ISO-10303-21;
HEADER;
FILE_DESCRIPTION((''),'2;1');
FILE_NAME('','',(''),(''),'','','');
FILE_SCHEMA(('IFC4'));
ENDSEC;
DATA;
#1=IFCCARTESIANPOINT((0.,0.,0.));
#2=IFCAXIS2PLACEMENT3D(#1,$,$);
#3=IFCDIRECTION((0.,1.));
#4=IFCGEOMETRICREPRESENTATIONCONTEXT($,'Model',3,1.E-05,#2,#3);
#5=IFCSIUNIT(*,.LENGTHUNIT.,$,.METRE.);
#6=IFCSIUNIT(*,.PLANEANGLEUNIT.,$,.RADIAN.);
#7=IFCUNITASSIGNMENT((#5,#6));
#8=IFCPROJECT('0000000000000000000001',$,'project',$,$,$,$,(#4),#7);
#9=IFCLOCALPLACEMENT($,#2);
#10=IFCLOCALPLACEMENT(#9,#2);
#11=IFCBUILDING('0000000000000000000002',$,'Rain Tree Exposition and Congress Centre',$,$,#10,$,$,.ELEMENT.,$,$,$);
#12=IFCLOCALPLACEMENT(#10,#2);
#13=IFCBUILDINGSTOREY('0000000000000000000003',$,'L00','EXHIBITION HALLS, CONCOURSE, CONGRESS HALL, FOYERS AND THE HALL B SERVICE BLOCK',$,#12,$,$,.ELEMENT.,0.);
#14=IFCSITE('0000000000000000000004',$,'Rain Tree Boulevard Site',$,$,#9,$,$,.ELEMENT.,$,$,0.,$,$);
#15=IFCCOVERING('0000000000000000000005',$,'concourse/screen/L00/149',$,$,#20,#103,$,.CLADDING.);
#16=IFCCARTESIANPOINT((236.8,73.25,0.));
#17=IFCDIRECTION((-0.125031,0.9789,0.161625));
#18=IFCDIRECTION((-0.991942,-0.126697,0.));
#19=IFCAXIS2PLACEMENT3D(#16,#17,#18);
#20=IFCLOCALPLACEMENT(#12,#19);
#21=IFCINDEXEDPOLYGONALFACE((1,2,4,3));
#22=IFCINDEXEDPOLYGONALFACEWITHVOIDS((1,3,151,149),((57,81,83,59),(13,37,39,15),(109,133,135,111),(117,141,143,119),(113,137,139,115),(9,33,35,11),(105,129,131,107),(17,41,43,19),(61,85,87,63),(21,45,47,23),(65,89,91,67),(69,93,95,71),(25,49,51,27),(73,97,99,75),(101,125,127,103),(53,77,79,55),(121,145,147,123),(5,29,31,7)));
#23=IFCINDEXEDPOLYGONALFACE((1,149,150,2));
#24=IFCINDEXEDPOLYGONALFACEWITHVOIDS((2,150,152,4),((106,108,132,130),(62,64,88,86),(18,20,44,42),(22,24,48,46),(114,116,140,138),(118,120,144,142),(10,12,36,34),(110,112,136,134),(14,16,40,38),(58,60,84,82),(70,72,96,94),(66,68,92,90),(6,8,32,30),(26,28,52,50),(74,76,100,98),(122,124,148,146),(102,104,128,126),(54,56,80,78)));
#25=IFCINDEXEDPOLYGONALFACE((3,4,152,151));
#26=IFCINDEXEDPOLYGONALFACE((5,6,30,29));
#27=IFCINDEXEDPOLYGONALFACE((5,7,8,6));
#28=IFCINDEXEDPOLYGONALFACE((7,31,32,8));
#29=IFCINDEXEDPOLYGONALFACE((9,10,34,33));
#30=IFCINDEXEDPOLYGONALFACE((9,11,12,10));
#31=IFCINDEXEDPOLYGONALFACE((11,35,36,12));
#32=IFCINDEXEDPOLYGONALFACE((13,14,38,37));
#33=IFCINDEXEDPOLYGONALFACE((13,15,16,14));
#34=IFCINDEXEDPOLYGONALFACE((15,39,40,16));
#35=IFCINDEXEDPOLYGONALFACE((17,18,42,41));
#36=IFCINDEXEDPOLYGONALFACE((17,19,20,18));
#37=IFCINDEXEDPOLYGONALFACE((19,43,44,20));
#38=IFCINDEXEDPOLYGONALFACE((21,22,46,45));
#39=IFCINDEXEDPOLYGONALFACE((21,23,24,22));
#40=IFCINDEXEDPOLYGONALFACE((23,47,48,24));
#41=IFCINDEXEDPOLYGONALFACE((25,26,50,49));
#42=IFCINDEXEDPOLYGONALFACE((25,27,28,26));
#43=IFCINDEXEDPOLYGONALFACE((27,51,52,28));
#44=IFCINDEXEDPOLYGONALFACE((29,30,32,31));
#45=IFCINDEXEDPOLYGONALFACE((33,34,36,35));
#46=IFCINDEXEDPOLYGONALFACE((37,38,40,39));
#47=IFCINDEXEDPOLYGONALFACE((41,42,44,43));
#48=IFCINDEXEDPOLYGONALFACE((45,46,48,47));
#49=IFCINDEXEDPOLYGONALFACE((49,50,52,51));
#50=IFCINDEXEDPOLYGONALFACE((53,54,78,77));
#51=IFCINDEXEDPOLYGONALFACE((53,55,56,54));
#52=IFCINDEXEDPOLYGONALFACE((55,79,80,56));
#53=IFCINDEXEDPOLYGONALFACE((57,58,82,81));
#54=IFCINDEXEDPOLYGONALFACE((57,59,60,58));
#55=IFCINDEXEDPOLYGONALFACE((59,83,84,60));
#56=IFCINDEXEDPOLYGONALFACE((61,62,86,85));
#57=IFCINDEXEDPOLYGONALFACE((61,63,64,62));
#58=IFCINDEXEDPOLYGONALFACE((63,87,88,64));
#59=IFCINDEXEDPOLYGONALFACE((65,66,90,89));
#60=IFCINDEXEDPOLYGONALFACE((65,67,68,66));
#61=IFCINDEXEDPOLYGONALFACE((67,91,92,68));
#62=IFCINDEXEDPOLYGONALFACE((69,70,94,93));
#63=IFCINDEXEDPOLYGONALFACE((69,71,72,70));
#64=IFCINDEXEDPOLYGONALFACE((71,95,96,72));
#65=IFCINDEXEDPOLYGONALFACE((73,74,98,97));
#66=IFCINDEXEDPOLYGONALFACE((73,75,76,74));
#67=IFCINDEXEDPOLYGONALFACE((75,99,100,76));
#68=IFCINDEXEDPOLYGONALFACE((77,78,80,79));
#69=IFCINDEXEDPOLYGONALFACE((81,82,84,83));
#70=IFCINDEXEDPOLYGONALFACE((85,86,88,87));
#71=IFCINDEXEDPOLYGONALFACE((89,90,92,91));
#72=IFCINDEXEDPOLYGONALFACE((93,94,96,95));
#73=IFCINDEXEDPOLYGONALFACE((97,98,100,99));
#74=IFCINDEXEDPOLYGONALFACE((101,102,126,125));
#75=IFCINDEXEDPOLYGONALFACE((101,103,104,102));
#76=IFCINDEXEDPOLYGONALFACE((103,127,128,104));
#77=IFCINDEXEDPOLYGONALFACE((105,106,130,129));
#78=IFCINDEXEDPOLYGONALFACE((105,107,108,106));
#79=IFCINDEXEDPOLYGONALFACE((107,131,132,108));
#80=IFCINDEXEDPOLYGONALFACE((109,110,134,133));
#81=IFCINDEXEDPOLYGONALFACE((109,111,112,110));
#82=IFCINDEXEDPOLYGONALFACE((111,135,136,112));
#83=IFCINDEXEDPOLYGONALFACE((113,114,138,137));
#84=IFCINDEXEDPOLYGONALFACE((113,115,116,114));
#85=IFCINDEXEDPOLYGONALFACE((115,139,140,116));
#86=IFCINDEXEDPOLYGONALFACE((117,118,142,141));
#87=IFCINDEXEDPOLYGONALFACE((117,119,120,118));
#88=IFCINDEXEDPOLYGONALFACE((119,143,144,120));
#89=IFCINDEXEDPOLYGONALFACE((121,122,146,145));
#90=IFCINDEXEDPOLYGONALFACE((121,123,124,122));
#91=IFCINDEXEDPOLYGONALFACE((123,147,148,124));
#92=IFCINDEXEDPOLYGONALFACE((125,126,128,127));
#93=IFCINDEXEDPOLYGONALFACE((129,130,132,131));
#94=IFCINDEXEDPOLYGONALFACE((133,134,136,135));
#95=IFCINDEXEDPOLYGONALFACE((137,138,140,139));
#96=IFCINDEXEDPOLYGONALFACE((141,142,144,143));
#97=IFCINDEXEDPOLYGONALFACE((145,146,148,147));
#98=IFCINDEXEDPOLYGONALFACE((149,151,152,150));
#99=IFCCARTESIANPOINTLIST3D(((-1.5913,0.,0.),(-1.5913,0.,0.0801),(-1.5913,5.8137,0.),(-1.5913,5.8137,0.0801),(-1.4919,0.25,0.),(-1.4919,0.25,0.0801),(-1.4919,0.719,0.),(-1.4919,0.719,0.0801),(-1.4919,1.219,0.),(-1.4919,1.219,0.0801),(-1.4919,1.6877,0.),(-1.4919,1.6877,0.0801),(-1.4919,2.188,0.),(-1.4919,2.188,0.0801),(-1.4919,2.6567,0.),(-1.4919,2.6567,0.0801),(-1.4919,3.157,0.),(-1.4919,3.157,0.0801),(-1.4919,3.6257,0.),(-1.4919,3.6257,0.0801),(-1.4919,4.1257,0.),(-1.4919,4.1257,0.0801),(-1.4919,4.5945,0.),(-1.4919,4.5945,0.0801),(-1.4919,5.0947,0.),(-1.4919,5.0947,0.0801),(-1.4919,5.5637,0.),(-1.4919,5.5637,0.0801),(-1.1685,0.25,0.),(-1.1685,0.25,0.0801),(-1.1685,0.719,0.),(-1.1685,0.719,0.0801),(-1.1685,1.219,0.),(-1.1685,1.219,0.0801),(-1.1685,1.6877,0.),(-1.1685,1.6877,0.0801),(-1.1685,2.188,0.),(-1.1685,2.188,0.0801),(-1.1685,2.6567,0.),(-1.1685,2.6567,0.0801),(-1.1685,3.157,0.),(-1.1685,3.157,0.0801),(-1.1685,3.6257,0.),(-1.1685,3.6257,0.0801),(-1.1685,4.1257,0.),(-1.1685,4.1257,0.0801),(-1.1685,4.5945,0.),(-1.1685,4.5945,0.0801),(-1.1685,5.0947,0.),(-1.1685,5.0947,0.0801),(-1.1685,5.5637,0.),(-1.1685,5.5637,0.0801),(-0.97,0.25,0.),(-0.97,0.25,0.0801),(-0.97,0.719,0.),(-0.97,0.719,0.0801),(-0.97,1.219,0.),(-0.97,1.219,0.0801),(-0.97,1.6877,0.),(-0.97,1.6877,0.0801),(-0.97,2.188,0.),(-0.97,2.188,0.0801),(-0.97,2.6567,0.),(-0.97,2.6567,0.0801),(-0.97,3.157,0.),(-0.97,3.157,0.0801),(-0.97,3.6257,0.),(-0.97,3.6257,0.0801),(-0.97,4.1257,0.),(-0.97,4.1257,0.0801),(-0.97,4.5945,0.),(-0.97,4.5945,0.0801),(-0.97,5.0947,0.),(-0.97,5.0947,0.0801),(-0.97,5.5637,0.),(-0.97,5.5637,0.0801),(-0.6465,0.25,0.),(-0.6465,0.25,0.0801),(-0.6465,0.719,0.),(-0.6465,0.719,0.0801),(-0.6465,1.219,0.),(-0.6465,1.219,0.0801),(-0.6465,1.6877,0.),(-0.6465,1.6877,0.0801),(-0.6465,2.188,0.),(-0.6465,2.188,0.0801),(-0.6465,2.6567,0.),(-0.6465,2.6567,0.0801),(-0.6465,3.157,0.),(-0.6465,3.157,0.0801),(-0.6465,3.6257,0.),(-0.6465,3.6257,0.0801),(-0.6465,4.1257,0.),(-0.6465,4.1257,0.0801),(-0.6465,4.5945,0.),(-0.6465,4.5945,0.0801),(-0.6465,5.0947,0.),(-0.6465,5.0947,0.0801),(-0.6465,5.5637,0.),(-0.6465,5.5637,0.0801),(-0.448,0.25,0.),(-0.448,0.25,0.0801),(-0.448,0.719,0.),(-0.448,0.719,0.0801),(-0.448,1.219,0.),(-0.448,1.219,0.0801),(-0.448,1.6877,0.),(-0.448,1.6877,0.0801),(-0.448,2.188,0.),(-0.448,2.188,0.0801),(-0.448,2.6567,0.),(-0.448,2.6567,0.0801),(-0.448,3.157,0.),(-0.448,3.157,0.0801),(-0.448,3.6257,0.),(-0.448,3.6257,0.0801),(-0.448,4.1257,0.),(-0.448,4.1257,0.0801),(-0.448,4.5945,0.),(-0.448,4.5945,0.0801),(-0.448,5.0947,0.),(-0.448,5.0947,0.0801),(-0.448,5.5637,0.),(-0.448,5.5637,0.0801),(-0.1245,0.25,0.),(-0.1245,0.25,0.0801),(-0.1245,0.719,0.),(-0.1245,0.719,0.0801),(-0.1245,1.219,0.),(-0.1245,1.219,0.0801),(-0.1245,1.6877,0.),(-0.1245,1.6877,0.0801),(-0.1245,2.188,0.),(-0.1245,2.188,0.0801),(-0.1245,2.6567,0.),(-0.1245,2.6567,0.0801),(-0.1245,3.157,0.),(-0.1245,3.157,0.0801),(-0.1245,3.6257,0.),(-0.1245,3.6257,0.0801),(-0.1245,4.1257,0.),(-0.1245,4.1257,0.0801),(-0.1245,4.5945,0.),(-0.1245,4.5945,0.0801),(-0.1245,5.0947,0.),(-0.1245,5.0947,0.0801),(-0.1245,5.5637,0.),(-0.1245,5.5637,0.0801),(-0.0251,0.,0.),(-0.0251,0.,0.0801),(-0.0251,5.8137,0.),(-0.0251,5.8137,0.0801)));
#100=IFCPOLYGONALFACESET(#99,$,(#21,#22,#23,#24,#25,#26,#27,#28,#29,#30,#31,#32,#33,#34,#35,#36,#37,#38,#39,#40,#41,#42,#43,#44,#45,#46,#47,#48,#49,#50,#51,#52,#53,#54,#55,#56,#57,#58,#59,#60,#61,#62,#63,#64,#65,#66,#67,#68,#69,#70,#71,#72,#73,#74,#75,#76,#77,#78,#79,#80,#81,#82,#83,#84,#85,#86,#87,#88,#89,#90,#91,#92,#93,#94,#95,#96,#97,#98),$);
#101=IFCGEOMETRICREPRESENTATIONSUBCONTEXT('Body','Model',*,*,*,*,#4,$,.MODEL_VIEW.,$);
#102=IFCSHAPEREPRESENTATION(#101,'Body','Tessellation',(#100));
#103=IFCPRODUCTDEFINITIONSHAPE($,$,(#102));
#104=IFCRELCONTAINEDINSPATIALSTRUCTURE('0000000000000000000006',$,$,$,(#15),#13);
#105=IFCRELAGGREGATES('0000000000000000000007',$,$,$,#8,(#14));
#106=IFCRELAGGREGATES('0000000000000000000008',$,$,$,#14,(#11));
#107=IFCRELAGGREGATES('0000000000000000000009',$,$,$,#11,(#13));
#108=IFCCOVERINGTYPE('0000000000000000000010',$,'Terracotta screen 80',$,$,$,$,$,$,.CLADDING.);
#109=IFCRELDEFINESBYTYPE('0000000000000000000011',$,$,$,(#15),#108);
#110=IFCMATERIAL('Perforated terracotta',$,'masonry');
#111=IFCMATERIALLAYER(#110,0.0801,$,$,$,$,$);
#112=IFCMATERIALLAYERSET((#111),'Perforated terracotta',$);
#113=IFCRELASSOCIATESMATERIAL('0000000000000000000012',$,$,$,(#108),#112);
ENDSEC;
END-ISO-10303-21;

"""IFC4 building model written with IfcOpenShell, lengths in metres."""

from ifc_helpers import new_model, si_unit, direction, frame, origin, place, context, subcontext, project, spatial, polyline, outline, extrude, material, layer, layer_set, type_object, element, save


model = new_model("IFC4")

# Units and contexts
model_context = context("Model", 3, precision=1e-05, world=origin(), true_north=direction((0.0, 1.0)))
body_context = subcontext(model_context, "Body", "Model", "MODEL_VIEW")
ifc_project = project(units=[si_unit("LENGTHUNIT", "METRE"), si_unit("PLANEANGLEUNIT", "RADIAN")], contexts=[model_context])

# Site, building, storey
site_placement = place(None, origin())
site = spatial("IfcSite", under=ifc_project, at=site_placement, Name="Rain Tree Boulevard Site", CompositionType="ELEMENT", RefElevation=0.0)
building_placement = place(site_placement, origin())
building = spatial("IfcBuilding", under=site, at=building_placement, Name="Rain Tree Exposition and Congress Centre", CompositionType="ELEMENT")
storey_placement = place(building_placement, origin())
storey = spatial("IfcBuildingStorey", under=building, at=storey_placement, Name="L00", Description="EXHIBITION HALLS, CONCOURSE, CONGRESS HALL, FOYERS AND THE HALL B SERVICE BLOCK", CompositionType="ELEMENT", Elevation=0.0)

# Covering
ifc_material_1 = material(Name="Perforated terracotta", Category="masonry")
ifc_layer_1 = layer(ifc_material_1, 0.0801)
ifc_layer_set_1 = layer_set([ifc_layer_1], Name="Perforated terracotta")
covering_type = type_object("IfcCoveringType", Name="Terracotta screen 80", PredefinedType="CLADDING", material=ifc_layer_set_1)
covering_1_placement = place(storey_placement, frame((236.8, 73.25, 0.0), z_axis=(-0.125031, 0.9789, 0.161625), x_axis=(-0.991942, -0.126697, 0.0)))
element("IfcCovering", 1, at=covering_1_placement, inside=storey, type_object=covering_type, Name="concourse/screen/L00/149", PredefinedType="CLADDING", context=body_context, shape_type="SweptSolid", body=[
    extrude(outline(polyline([(-0.0251, 0.0), (-1.5913, 0.0), (-1.5913, 5.8137), (-0.0251, 5.8137), (-0.0251, 0.0)]), holes=[polyline([(-0.1245, 0.25), (-0.1245, 0.719), (-0.448, 0.719), (-0.448, 0.25), (-0.1245, 0.25)]), polyline([(-0.1245, 1.219), (-0.1245, 1.6877), (-0.448, 1.6877), (-0.448, 1.219), (-0.1245, 1.219)]), polyline([(-0.1245, 2.188), (-0.1245, 2.6567), (-0.448, 2.6567), (-0.448, 2.188), (-0.1245, 2.188)]), polyline([(-0.1245, 3.157), (-0.1245, 3.6257), (-0.448, 3.6257), (-0.448, 3.157), (-0.1245, 3.157)]), polyline([(-0.1245, 4.1257), (-0.1245, 4.5945), (-0.448, 4.5945), (-0.448, 4.1257), (-0.1245, 4.1257)]), polyline([(-0.1245, 5.0947), (-0.1245, 5.5637), (-0.448, 5.5637), (-0.448, 5.0947), (-0.1245, 5.0947)]), polyline([(-0.6465, 0.25), (-0.6465, 0.719), (-0.97, 0.719), (-0.97, 0.25), (-0.6465, 0.25)]), polyline([(-0.6465, 1.219), (-0.6465, 1.6877), (-0.97, 1.6877), (-0.97, 1.219), (-0.6465, 1.219)]), polyline([(-0.6465, 2.188), (-0.6465, 2.6567), (-0.97, 2.6567), (-0.97, 2.188), (-0.6465, 2.188)]), polyline([(-0.6465, 3.157), (-0.6465, 3.6257), (-0.97, 3.6257), (-0.97, 3.157), (-0.6465, 3.157)]), polyline([(-0.6465, 4.1257), (-0.6465, 4.5945), (-0.97, 4.5945), (-0.97, 4.1257), (-0.6465, 4.1257)]), polyline([(-0.6465, 5.0947), (-0.6465, 5.5637), (-0.97, 5.5637), (-0.97, 5.0947), (-0.6465, 5.0947)]), polyline([(-1.1685, 0.25), (-1.1685, 0.719), (-1.4919, 0.719), (-1.4919, 0.25), (-1.1685, 0.25)]), polyline([(-1.1685, 1.219), (-1.1685, 1.6877), (-1.4919, 1.6877), (-1.4919, 1.219), (-1.1685, 1.219)]), polyline([(-1.1685, 2.188), (-1.1685, 2.6567), (-1.4919, 2.6567), (-1.4919, 2.188), (-1.1685, 2.188)]), polyline([(-1.1685, 3.157), (-1.1685, 3.6257), (-1.4919, 3.6257), (-1.4919, 3.157), (-1.1685, 3.157)]), polyline([(-1.1685, 4.1257), (-1.1685, 4.5945), (-1.4919, 4.5945), (-1.4919, 4.1257), (-1.1685, 4.1257)]), polyline([(-1.1685, 5.0947), (-1.1685, 5.5637), (-1.4919, 5.5637), (-1.4919, 5.0947), (-1.1685, 5.0947)])]), origin(), (0.0, 0.0, 1.0), 0.0801),
])

save(model, "model.ifc")
